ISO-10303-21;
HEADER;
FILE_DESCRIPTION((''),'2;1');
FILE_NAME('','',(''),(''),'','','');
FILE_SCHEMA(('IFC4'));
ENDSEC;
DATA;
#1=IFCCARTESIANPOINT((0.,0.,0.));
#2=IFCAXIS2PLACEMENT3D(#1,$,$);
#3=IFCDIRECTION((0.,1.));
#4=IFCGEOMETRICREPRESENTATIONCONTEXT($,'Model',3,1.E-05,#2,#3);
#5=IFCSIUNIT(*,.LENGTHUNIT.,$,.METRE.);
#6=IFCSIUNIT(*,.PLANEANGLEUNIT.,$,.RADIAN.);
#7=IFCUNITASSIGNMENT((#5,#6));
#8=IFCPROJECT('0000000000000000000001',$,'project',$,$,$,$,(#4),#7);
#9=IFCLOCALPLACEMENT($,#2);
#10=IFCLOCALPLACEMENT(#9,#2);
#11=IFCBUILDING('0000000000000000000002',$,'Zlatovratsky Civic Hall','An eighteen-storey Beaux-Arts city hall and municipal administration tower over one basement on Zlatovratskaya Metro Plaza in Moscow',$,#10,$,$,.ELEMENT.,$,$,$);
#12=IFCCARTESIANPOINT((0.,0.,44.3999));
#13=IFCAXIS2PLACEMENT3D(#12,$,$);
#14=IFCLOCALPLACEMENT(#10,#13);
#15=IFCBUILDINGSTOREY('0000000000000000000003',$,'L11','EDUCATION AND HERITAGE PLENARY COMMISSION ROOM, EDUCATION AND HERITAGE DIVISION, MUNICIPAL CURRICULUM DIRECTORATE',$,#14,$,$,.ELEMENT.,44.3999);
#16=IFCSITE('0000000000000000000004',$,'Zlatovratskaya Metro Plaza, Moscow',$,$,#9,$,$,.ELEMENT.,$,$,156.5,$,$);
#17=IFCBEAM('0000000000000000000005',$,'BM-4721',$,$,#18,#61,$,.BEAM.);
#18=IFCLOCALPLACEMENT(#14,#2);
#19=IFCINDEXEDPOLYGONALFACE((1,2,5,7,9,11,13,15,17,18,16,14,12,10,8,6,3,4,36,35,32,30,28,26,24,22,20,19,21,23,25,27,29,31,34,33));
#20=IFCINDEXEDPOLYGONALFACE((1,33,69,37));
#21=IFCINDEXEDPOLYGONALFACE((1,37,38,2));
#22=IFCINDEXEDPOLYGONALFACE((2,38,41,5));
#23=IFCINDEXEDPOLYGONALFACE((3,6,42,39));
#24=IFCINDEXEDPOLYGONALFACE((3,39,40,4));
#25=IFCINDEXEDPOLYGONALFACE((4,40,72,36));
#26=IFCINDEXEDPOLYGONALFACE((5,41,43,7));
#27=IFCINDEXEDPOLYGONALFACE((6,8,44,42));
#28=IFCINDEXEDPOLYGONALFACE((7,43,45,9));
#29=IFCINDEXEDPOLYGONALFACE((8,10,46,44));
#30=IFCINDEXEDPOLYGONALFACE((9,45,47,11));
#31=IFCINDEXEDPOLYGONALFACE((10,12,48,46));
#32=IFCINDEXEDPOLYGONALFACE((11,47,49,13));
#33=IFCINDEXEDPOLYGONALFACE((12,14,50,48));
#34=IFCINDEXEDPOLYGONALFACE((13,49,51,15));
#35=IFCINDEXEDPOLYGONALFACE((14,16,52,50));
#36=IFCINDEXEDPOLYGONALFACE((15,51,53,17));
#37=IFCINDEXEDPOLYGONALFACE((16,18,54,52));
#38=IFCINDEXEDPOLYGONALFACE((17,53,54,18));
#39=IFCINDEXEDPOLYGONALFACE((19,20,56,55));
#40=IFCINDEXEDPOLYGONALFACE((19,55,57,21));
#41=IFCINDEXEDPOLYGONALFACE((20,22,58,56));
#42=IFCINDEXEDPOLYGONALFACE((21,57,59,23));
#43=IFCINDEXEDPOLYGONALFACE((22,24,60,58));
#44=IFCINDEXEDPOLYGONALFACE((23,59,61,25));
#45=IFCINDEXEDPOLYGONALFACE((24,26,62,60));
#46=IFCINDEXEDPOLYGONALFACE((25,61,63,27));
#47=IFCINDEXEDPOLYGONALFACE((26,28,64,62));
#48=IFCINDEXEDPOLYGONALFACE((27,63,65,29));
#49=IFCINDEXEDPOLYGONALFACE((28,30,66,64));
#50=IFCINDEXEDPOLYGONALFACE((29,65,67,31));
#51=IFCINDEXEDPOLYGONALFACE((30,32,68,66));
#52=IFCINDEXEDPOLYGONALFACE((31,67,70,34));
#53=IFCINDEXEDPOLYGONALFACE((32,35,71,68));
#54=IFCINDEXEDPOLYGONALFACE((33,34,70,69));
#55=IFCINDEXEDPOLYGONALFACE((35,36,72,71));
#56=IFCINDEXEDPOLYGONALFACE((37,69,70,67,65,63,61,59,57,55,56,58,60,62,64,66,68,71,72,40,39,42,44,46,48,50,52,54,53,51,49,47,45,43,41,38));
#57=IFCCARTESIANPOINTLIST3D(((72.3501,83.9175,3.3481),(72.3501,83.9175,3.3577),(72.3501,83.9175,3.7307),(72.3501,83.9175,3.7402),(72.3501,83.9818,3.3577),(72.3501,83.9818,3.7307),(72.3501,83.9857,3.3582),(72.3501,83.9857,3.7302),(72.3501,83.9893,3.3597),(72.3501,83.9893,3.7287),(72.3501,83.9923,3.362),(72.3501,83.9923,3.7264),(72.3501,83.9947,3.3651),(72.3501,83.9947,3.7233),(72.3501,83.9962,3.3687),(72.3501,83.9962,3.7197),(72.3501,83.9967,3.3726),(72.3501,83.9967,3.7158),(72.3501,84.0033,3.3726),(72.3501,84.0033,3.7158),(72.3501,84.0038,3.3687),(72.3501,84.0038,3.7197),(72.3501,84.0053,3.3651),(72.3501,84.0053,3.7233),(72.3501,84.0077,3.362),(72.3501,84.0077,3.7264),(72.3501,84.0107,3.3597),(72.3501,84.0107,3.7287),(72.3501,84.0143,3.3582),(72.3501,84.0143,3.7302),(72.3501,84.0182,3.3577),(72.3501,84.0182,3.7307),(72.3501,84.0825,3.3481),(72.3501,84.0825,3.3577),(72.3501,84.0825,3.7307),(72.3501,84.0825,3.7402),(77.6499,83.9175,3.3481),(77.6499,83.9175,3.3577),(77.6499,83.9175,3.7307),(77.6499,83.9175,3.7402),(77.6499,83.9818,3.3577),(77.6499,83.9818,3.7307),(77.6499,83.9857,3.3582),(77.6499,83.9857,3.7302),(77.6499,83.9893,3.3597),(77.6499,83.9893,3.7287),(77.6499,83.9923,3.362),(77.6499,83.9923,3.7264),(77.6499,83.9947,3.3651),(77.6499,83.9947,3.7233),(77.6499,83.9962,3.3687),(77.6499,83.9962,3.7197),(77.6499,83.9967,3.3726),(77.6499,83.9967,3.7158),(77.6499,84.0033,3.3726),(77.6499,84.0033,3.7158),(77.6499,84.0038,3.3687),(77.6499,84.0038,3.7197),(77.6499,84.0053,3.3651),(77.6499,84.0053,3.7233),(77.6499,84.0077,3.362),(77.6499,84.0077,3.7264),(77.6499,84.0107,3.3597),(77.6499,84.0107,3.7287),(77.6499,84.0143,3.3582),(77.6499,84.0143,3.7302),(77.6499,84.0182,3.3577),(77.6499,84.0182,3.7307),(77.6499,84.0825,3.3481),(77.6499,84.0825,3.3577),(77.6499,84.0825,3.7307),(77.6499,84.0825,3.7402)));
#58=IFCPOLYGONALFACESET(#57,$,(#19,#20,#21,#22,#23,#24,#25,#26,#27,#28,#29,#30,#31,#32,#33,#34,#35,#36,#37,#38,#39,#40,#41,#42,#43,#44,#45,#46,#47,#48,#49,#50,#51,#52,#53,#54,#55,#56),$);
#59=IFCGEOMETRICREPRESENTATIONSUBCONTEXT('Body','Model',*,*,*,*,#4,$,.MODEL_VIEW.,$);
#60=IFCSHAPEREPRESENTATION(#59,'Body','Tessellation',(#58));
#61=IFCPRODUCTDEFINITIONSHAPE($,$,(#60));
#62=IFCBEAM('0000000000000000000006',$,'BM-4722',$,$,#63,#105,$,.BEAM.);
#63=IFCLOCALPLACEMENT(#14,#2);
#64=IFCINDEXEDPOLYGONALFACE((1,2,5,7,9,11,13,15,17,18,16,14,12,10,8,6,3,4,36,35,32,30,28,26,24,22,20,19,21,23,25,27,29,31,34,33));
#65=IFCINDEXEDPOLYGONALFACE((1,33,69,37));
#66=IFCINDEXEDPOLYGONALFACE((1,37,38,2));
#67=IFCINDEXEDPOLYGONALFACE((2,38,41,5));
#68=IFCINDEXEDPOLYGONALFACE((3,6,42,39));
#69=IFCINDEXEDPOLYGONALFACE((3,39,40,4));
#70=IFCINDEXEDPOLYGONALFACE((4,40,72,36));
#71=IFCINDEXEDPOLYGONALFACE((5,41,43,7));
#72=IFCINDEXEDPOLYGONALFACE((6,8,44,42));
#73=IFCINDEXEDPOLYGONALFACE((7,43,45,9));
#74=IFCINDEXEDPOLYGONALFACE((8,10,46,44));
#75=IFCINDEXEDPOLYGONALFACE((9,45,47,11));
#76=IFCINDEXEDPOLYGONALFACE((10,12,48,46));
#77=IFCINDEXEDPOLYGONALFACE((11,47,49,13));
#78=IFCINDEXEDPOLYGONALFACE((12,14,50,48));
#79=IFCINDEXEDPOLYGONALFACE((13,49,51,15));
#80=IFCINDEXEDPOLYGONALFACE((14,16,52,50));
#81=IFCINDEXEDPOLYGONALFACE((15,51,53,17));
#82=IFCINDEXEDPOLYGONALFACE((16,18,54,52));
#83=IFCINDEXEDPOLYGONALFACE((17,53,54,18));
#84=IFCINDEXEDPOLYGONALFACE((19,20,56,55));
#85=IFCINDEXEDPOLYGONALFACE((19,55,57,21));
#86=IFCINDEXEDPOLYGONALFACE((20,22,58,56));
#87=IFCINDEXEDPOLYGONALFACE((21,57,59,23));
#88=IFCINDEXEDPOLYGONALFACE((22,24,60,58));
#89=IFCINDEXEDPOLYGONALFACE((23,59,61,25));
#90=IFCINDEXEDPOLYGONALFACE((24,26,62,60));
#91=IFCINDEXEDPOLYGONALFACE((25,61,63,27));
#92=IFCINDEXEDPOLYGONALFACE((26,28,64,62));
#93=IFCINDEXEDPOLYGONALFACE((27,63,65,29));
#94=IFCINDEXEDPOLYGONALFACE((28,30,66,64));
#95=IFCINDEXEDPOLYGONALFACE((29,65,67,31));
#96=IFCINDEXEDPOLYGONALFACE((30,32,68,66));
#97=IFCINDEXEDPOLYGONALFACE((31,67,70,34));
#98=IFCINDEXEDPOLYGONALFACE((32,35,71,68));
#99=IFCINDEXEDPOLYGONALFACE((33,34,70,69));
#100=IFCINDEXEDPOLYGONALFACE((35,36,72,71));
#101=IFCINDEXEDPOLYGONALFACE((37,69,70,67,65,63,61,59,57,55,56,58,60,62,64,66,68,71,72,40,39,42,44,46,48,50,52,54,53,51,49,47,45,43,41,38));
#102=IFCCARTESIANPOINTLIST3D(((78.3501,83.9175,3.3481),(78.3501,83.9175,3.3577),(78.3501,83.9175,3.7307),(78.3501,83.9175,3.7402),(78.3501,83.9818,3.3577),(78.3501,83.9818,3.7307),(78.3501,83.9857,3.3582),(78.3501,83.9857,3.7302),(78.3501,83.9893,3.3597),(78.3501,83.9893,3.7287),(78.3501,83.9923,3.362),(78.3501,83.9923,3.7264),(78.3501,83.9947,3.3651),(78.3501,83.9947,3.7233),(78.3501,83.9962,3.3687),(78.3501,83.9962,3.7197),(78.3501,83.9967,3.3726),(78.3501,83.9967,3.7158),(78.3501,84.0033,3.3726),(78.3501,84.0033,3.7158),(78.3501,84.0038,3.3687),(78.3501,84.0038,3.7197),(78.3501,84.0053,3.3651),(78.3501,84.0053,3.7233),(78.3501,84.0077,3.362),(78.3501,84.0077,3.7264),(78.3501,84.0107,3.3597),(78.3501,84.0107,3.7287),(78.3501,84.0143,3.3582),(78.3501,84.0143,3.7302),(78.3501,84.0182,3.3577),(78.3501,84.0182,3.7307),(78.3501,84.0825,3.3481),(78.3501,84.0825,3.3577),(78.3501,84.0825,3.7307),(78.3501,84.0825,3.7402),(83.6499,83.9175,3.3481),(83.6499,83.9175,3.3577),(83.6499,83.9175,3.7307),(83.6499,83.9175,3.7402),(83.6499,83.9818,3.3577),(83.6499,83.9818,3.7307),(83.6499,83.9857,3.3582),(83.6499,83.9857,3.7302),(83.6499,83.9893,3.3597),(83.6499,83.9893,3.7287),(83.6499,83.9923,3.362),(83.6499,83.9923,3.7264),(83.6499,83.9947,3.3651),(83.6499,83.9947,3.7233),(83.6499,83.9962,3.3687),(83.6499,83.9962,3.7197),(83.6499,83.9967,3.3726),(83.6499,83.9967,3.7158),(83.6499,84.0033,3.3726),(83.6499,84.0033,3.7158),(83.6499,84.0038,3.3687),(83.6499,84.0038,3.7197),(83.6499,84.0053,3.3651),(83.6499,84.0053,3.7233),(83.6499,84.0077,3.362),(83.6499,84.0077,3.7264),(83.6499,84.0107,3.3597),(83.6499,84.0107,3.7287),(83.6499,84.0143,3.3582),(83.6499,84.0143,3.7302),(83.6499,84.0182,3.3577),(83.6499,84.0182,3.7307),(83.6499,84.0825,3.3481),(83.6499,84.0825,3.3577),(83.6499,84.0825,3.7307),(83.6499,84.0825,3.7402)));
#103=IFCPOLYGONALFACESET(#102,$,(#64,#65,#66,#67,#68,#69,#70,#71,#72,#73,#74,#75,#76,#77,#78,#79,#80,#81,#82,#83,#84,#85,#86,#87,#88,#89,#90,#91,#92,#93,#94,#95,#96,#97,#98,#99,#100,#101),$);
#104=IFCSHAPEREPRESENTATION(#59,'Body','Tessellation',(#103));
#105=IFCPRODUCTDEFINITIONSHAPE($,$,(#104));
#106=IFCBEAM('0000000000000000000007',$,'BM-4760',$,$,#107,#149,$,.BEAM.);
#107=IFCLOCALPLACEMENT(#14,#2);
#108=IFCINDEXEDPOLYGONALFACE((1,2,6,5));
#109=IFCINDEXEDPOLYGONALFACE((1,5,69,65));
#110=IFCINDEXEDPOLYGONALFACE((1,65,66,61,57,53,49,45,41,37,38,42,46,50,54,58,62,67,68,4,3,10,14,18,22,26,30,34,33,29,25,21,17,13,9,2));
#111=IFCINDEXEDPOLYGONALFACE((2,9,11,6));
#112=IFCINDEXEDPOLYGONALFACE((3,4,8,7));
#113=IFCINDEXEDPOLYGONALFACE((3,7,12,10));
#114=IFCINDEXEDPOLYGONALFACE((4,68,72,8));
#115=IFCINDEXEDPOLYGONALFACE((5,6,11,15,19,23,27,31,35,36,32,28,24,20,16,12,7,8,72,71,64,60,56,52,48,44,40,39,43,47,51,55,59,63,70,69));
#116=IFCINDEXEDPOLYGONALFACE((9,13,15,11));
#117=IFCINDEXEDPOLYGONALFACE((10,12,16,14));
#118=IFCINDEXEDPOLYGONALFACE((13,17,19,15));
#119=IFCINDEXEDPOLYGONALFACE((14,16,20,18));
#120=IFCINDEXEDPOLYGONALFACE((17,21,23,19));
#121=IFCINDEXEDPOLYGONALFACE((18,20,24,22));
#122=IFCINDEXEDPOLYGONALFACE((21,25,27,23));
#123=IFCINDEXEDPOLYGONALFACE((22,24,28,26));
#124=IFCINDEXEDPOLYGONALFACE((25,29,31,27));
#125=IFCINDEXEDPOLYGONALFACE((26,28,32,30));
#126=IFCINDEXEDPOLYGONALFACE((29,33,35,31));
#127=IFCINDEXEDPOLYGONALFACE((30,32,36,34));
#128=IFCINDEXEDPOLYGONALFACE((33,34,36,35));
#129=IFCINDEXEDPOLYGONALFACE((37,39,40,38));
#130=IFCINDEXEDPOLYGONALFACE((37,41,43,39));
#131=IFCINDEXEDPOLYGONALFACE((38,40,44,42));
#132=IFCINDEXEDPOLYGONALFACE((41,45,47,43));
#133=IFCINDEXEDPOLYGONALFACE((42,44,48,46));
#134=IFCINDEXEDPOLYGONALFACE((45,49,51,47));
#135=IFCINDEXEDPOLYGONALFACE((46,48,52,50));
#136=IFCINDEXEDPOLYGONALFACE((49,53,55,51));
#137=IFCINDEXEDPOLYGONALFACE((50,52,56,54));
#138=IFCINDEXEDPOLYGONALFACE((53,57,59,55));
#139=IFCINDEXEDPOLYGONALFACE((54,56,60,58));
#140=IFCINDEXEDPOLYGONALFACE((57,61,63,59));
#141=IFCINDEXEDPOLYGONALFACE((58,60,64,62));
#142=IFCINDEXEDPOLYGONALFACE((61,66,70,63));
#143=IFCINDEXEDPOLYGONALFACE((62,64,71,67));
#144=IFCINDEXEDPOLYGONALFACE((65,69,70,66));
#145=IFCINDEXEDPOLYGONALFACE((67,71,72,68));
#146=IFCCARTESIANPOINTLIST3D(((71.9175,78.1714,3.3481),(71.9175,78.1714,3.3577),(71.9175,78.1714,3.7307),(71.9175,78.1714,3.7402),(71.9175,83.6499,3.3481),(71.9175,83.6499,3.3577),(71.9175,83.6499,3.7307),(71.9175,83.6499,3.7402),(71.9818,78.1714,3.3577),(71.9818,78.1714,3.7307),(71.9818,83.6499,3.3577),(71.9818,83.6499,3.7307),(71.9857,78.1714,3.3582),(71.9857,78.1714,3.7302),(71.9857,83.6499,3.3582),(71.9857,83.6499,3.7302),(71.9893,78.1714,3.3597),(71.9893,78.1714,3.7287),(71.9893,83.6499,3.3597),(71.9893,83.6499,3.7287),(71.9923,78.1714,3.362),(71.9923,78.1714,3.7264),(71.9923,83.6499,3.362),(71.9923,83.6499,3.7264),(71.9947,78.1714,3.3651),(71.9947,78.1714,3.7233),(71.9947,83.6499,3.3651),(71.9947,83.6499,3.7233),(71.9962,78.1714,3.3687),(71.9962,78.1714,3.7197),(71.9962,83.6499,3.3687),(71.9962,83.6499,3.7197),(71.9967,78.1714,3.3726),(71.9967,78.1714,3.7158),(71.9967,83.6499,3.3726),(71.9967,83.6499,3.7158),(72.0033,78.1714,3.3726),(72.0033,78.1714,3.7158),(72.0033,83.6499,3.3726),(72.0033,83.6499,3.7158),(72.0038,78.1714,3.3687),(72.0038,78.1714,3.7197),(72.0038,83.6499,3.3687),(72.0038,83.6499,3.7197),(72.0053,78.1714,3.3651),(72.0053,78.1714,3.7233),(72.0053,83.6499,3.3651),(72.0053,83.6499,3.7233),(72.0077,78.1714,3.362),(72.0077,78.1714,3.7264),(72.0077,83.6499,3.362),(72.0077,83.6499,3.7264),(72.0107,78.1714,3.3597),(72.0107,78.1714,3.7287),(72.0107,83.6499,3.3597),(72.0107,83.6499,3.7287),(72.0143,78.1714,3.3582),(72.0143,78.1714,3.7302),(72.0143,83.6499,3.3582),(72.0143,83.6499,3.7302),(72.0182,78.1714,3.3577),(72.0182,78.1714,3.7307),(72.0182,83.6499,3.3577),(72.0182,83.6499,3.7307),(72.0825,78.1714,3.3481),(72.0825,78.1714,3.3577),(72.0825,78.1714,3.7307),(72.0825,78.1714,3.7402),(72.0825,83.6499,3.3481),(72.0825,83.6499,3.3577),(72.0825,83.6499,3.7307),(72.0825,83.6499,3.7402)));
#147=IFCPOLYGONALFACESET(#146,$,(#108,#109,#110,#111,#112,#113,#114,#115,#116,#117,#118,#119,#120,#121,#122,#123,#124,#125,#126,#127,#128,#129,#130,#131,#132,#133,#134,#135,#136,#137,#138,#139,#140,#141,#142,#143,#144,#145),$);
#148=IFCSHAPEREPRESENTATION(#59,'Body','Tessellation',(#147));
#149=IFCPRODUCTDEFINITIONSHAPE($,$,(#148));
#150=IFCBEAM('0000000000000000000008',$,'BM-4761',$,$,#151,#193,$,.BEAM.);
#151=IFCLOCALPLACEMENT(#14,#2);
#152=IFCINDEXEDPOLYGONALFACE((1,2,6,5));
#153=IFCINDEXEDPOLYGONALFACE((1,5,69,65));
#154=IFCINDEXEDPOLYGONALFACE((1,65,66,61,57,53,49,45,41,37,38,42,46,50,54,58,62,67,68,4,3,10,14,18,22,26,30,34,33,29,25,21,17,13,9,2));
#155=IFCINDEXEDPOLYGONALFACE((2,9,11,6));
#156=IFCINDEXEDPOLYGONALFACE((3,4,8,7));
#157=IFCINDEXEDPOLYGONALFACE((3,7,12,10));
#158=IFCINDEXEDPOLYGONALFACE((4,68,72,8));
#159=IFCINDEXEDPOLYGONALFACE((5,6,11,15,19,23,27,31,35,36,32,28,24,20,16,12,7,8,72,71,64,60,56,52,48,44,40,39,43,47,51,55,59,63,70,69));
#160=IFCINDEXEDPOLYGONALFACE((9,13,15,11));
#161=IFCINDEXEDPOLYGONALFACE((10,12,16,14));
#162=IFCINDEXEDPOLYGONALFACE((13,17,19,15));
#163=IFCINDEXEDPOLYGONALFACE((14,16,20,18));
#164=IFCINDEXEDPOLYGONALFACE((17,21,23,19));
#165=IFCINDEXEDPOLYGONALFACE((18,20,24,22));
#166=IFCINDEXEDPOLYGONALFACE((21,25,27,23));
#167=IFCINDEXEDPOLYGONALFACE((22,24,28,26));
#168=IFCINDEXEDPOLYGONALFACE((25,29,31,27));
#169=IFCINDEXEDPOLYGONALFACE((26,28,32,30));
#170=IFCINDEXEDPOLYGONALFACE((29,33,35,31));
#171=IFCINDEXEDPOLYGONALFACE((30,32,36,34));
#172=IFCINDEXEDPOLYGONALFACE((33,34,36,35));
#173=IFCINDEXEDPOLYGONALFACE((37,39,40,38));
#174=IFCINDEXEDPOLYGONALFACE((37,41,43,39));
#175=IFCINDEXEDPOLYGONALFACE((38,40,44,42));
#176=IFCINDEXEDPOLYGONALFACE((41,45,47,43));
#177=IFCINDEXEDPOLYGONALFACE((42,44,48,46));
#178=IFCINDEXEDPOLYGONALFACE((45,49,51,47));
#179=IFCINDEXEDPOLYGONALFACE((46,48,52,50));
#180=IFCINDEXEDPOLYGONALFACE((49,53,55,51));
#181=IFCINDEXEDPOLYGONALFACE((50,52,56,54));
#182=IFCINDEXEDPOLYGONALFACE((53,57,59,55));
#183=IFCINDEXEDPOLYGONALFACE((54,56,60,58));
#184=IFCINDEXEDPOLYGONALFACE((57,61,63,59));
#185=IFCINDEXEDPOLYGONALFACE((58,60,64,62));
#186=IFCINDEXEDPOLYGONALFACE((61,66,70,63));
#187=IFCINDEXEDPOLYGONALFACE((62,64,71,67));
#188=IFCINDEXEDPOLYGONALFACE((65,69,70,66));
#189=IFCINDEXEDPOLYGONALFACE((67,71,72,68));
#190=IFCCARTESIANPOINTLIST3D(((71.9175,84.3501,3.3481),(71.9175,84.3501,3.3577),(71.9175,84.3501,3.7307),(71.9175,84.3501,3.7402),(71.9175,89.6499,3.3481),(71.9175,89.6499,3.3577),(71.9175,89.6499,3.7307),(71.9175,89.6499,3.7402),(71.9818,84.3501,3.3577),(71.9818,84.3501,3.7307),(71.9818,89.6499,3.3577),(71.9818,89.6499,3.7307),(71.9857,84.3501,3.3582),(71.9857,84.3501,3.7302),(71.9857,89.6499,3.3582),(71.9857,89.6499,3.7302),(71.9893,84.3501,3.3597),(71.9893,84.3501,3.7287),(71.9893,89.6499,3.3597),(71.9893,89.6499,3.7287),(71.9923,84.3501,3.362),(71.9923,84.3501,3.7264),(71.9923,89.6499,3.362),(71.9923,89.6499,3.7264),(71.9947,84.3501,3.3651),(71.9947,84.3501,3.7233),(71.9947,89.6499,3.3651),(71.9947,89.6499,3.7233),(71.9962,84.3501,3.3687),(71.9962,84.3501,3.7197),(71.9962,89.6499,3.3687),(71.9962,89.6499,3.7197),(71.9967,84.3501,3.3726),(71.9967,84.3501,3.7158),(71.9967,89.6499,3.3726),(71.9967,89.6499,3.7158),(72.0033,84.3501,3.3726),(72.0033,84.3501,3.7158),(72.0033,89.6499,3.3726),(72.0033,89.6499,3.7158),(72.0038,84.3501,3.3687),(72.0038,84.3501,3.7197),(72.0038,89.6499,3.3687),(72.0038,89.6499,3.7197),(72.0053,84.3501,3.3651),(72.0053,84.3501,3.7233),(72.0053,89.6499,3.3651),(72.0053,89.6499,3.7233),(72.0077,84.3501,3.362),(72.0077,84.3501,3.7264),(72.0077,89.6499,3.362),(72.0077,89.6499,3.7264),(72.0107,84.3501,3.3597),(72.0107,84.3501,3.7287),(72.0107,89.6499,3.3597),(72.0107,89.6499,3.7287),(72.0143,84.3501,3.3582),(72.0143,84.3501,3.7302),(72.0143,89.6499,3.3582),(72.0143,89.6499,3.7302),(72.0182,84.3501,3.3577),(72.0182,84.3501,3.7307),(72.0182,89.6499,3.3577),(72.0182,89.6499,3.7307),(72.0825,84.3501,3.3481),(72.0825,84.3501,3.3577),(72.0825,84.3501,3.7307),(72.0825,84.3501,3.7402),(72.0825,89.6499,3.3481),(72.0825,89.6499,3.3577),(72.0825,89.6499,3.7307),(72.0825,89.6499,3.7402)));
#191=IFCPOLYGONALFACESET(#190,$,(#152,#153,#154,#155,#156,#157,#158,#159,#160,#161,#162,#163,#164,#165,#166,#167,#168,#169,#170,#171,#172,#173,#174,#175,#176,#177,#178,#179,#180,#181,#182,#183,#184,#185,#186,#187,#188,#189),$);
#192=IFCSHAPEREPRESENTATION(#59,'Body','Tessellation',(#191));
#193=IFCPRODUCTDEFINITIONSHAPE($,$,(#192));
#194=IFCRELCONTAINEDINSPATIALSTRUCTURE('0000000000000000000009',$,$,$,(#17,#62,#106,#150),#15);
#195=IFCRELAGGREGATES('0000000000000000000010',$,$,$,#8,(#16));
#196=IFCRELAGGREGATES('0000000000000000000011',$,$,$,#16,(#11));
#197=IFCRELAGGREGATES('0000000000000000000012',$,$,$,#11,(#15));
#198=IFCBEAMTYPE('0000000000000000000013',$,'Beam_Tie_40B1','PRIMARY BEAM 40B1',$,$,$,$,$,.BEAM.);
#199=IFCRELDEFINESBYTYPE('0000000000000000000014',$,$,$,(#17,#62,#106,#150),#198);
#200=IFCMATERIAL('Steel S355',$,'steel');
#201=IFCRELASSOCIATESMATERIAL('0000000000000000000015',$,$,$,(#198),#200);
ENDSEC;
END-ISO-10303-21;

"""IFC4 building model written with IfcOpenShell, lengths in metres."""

from ifc_helpers import new_model, si_unit, direction, frame, origin, origin_2d, place, context, subcontext, project, spatial, i_section, extrude, material, material_profile, profile_set, type_object, element, save


model = new_model("IFC4")

# Units and contexts
model_context = context("Model", 3, precision=1e-05, world=origin(), true_north=direction((0.0, 1.0)))
body_context = subcontext(model_context, "Body", "Model", "MODEL_VIEW")
ifc_project = project(units=[si_unit("LENGTHUNIT", "METRE"), si_unit("PLANEANGLEUNIT", "RADIAN")], contexts=[model_context])

# Site, building, storey
site_placement = place(None, origin())
site = spatial("IfcSite", under=ifc_project, at=site_placement, Name="Zlatovratskaya Metro Plaza, Moscow", CompositionType="ELEMENT", RefElevation=156.5)
building_placement = place(site_placement, origin())
building = spatial("IfcBuilding", under=site, at=building_placement, Name="Zlatovratsky Civic Hall", Description="An eighteen-storey Beaux-Arts city hall and municipal administration tower over one basement on Zlatovratskaya Metro Plaza in Moscow", CompositionType="ELEMENT")
storey_placement = place(building_placement, frame((0.0, 0.0, 44.3999)))
storey = spatial("IfcBuildingStorey", under=building, at=storey_placement, Name="L11", Description="EDUCATION AND HERITAGE PLENARY COMMISSION ROOM, EDUCATION AND HERITAGE DIVISION, MUNICIPAL CURRICULUM DIRECTORATE", CompositionType="ELEMENT", Elevation=44.3999)

# Shared definitions
ifc_material_1 = material(Name="Steel S355", Category="steel")

# Beams
ifc_material_profile_1 = material_profile(ifc_material_1, i_section(OverallWidth=0.165, OverallDepth=0.3921, WebThickness=0.0066, FlangeThickness=0.0095, FilletRadius=0.0149, at=origin_2d()), Name="40B1")
ifc_profile_set_1 = profile_set([ifc_material_profile_1], Name="Steel S355")
beam_type = type_object("IfcBeamType", Name="Beam_Tie_40B1", Description="PRIMARY BEAM 40B1", PredefinedType="BEAM", material=ifc_profile_set_1)
for number, where, z_axis, x_axis, name in (
    (1, (72.3501, 84.0, 3.5442), (1.0, 0.0, 0.0), (0.0, 1.0, 0.0), "BM-4721"),
    (2, (78.3501, 84.0, 3.5442), (1.0, 0.0, 0.0), (0.0, 1.0, 0.0), "BM-4722"),
):
    element("IfcBeam", number, at=place(storey_placement, frame(where, z_axis=z_axis, x_axis=x_axis)), inside=storey, type_object=beam_type, Name=name, PredefinedType="BEAM", context=body_context, shape_type="SweptSolid", body=[
        extrude(i_section(OverallWidth=0.165, OverallDepth=0.3921, WebThickness=0.0066, FlangeThickness=0.0095, FilletRadius=0.0149, at=origin_2d()), origin(), (0.0, 0.0, 1.0), 5.2998),
    ])
beam_1_placement = place(storey_placement, frame((72.0, 78.1714, 3.5442), z_axis=(0.0, 1.0, 0.0), x_axis=(-1.0, 0.0, 0.0)))
element("IfcBeam", 3, at=beam_1_placement, inside=storey, type_object=beam_type, Name="BM-4760", PredefinedType="BEAM", context=body_context, shape_type="SweptSolid", body=[
    extrude(i_section(OverallWidth=0.165, OverallDepth=0.3921, WebThickness=0.0066, FlangeThickness=0.0095, FilletRadius=0.0149, at=origin_2d()), origin(), (0.0, 0.0, 1.0), 5.4785),
])
beam_2_placement = place(storey_placement, frame((72.0, 84.3501, 3.5442), z_axis=(0.0, 1.0, 0.0), x_axis=(-1.0, 0.0, 0.0)))
element("IfcBeam", 4, at=beam_2_placement, inside=storey, type_object=beam_type, Name="BM-4761", PredefinedType="BEAM", context=body_context, shape_type="SweptSolid", body=[
    extrude(i_section(OverallWidth=0.165, OverallDepth=0.3921, WebThickness=0.0066, FlangeThickness=0.0095, FilletRadius=0.0149, at=origin_2d()), origin(), (0.0, 0.0, 1.0), 5.2998),
])

save(model, "model.ifc")
